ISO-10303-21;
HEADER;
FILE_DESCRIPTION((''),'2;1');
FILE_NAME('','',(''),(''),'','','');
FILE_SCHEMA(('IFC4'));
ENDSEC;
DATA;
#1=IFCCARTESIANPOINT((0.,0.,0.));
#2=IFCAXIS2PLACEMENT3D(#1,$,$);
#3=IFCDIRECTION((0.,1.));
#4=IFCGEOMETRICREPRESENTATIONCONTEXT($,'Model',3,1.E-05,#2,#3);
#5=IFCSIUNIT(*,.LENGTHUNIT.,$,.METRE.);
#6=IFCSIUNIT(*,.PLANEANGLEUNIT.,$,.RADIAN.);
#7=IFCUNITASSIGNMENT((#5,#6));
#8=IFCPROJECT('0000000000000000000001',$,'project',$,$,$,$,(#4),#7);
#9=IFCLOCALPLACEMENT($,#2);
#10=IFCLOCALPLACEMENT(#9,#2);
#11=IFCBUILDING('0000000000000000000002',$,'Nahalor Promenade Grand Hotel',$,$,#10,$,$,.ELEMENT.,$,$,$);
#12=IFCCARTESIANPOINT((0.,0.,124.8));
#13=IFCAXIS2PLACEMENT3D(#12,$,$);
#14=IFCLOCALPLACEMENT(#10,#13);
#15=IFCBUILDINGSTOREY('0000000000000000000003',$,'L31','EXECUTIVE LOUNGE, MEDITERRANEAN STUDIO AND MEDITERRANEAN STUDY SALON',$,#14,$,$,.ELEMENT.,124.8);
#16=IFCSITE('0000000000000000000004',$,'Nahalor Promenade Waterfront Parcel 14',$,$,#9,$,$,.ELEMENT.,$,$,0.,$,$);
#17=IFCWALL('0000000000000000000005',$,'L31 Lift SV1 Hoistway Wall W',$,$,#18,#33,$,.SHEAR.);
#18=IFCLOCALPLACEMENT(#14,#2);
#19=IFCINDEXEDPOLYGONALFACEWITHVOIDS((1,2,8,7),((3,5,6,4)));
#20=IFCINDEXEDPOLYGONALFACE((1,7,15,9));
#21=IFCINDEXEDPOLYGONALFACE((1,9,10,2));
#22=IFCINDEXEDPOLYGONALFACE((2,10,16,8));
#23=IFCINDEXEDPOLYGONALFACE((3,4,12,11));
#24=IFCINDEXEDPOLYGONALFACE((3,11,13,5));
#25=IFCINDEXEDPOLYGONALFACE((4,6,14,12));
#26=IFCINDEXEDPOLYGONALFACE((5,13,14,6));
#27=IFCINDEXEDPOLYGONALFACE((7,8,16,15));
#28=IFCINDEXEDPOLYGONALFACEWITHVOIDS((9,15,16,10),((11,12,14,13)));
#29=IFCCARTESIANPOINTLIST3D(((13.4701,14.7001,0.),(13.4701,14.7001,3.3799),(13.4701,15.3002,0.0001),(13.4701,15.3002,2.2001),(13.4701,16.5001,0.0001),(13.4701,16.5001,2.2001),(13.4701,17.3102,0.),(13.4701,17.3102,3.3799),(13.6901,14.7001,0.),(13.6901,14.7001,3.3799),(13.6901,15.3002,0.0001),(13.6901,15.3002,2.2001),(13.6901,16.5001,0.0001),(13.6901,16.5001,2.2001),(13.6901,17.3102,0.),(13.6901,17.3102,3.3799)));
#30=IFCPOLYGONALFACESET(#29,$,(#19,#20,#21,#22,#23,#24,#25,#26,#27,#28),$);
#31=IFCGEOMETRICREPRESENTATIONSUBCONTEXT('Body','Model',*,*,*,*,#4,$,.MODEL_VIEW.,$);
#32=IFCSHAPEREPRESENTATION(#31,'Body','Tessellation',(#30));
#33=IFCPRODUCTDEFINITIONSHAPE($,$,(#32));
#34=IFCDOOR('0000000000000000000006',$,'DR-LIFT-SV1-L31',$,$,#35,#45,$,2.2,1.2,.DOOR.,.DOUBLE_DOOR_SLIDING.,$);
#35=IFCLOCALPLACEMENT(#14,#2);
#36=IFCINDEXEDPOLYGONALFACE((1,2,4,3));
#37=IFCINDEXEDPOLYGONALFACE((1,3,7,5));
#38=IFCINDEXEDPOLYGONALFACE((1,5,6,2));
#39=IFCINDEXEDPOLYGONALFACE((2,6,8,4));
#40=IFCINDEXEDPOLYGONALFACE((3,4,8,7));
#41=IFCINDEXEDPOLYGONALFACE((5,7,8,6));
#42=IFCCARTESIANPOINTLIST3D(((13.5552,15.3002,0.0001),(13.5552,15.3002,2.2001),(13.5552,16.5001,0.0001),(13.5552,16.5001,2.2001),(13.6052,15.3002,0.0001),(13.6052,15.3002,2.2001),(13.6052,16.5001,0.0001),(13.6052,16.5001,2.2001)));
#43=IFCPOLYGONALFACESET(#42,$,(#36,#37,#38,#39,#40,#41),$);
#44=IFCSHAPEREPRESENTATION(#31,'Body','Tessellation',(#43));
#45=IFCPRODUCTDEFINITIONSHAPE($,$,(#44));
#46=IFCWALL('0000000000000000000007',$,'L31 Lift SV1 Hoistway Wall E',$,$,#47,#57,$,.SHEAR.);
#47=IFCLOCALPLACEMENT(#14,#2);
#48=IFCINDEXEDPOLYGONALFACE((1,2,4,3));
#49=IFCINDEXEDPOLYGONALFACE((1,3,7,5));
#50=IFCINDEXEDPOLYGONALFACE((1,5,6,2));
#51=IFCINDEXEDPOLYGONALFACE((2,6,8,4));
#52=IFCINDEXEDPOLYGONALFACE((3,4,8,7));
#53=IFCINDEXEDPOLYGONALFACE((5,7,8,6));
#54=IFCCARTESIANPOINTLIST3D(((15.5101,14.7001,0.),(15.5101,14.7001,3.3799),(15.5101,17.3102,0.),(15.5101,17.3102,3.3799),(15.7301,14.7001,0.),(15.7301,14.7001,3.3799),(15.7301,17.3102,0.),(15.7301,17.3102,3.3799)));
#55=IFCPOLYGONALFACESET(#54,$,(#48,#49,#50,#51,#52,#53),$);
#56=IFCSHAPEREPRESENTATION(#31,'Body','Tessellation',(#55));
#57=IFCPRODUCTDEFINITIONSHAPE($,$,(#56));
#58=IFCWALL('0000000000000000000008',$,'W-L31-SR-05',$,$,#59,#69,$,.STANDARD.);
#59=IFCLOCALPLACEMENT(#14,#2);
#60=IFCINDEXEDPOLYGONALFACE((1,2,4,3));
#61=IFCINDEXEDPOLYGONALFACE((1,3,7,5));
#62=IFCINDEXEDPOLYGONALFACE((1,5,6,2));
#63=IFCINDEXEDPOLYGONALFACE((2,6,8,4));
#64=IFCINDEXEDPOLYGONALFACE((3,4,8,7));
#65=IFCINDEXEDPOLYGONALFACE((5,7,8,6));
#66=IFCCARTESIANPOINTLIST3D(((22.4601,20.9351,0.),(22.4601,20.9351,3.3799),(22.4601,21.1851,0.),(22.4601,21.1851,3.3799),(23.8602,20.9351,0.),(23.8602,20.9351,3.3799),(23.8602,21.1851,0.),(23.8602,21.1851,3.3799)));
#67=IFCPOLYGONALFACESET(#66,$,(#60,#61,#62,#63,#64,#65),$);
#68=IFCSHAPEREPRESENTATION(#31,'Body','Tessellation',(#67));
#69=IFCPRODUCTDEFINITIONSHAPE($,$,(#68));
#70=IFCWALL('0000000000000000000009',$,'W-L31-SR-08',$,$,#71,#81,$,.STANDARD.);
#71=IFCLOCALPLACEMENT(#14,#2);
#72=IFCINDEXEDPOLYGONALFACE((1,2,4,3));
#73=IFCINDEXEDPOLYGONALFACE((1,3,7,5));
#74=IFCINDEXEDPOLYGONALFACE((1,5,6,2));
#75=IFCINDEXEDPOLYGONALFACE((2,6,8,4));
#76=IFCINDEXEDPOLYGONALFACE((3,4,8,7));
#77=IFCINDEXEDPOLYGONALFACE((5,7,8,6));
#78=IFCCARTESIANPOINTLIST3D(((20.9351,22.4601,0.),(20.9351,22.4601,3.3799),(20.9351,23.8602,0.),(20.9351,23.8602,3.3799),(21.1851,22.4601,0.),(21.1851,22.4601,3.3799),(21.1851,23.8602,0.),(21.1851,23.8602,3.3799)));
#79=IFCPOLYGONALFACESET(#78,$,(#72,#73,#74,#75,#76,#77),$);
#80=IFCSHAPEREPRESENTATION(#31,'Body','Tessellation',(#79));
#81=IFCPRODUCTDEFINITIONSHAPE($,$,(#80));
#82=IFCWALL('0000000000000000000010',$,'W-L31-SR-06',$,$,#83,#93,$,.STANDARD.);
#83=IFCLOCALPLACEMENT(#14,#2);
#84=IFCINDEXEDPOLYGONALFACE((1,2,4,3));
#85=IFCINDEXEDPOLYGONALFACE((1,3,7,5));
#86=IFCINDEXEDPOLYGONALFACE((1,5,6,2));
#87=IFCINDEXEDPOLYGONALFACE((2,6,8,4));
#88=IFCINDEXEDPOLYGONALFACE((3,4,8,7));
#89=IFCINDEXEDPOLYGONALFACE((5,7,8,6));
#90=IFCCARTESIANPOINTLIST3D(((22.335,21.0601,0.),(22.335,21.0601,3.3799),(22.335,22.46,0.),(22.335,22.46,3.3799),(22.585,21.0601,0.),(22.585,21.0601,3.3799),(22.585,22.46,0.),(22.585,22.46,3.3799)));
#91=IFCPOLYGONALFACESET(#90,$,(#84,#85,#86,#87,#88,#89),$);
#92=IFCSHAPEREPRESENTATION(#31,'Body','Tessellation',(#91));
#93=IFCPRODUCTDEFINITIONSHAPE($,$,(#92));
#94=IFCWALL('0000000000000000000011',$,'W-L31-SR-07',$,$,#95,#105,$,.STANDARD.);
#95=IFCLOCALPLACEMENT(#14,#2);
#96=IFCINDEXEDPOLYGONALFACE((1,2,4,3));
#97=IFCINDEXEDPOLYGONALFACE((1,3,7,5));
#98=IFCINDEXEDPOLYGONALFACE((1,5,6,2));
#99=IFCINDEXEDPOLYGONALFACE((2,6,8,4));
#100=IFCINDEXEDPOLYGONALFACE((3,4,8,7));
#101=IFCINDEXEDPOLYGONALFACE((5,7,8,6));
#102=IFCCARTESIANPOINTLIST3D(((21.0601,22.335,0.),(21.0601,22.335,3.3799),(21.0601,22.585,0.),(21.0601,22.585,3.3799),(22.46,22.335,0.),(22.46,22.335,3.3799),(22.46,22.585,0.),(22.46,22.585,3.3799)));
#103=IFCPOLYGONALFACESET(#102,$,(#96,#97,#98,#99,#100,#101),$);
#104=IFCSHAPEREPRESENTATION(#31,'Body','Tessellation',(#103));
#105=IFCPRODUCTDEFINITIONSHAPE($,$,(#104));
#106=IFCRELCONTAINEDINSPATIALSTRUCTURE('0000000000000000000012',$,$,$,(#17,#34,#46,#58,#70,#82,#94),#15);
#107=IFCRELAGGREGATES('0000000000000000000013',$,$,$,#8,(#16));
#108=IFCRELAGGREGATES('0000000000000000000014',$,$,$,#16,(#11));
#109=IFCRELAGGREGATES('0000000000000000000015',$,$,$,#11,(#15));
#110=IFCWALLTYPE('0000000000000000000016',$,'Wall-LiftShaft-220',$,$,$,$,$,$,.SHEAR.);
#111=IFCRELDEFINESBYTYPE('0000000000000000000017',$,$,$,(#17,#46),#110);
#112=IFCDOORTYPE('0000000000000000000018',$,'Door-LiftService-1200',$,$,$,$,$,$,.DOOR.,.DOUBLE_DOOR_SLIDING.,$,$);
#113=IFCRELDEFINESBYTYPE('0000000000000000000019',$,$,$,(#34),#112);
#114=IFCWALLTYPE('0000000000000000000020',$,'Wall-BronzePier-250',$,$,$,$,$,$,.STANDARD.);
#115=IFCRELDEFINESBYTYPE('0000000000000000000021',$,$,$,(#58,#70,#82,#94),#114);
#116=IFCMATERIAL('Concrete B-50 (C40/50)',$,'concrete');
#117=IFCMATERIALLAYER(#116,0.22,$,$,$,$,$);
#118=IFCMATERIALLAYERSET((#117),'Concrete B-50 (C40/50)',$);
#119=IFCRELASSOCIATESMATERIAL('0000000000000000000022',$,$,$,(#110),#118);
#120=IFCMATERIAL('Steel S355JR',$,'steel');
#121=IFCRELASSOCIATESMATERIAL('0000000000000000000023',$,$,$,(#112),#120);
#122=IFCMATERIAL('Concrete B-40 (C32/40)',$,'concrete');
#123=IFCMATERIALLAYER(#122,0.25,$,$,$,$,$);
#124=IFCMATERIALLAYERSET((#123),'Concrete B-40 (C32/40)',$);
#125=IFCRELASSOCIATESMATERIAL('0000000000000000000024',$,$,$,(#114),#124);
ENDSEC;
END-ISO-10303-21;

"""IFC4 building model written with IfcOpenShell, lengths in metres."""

from ifc_helpers import new_model, si_unit, direction, frame, frame_2d, origin, place, context, subcontext, project, spatial, rectangle, extrude, source, transform, mapped, material, layer, layer_set, type_object, element, fill, save


model = new_model("IFC4")

# Units and contexts
model_context = context("Model", 3, precision=1e-05, world=origin(), true_north=direction((0.0, 1.0)))
body_context = subcontext(model_context, "Body", "Model", "MODEL_VIEW")
ifc_project = project(units=[si_unit("LENGTHUNIT", "METRE"), si_unit("PLANEANGLEUNIT", "RADIAN")], contexts=[model_context])

# Site, building, storey
site_placement = place(None, origin())
site = spatial("IfcSite", under=ifc_project, at=site_placement, Name="Nahalor Promenade Waterfront Parcel 14", CompositionType="ELEMENT", RefElevation=0.0)
building_placement = place(site_placement, origin())
building = spatial("IfcBuilding", under=site, at=building_placement, Name="Nahalor Promenade Grand Hotel", CompositionType="ELEMENT")
storey_placement = place(building_placement, frame((0.0, 0.0, 124.8)))
storey = spatial("IfcBuildingStorey", under=building, at=storey_placement, Name="L31", Description="EXECUTIVE LOUNGE, MEDITERRANEAN STUDIO AND MEDITERRANEAN STUDY SALON", CompositionType="ELEMENT", Elevation=124.8)

# Shared definitions
ifc_material_1 = material(Name="Steel S355JR", Category="steel")

# Shared definitions
ifc_material_2 = material(Name="Concrete B-50 (C40/50)", Category="concrete")
ifc_layer_1 = layer(ifc_material_2, 0.22)
ifc_layer_set_1 = layer_set([ifc_layer_1], Name="Concrete B-50 (C40/50)")
wall_type_1 = type_object("IfcWallType", Name="Wall-LiftShaft-220", PredefinedType="SHEAR", material=ifc_layer_set_1)

# Wall, opening, door
shared_shape_1 = source(origin(), body_context, "Body", "SweptSolid", [
    extrude(rectangle(XDim=2.6101, YDim=0.22, at=frame_2d((1.3052, 0.0))), origin(), (0.0, 0.0, 1.0), 3.3799),
])
wall_1_placement = place(storey_placement, frame((13.5801, 14.7, 0.0), z_axis=(0.0, 0.0, 1.0), x_axis=(0.0, 1.0, 0.0)))
wall_1 = element("IfcWall", 1, at=wall_1_placement, inside=storey, type_object=wall_type_1, Name="L31 Lift SV1 Hoistway Wall W", PredefinedType="SHEAR", context=body_context, shape_type="MappedRepresentation", body=[
    mapped(shared_shape_1, transform((0.0, 0.0, 0.0), scale=1.0)),
])
opening_placement = place(wall_1_placement, frame((0.6001, 0.0, 0.0)))
opening = element("IfcOpeningElement", 2, at=opening_placement, cuts=wall_1, PredefinedType="OPENING", context=body_context, shape_type="SweptSolid", body=[
    extrude(rectangle(XDim=1.2, YDim=2.2, at=frame_2d((0.6001, 1.1001))), frame((0.0, 0.1199, 0.0), z_axis=(0.0, -1.0, 0.0), x_axis=(1.0, 0.0, 0.0)), (0.0, 0.0, 1.0), 0.24),
])
door_type = type_object("IfcDoorType", Name="Door-LiftService-1200", OperationType="DOUBLE_DOOR_SLIDING", PredefinedType="DOOR", material=ifc_material_1)
shared_shape_2 = source(origin(), body_context, "Body", "SweptSolid", [
    extrude(rectangle(XDim=1.2, YDim=2.2, at=frame_2d((0.6001, 1.1001))), frame((0.0, 0.0249, 0.0), z_axis=(0.0, -1.0, 0.0), x_axis=(1.0, 0.0, 0.0)), (0.0, 0.0, 1.0), 0.05),
])
door_placement = place(opening_placement, origin())
door = element("IfcDoor", 3, at=door_placement, inside=storey, type_object=door_type, Name="DR-LIFT-SV1-L31", OperationType="DOUBLE_DOOR_SLIDING", OverallHeight=2.2, OverallWidth=1.2, PredefinedType="DOOR", context=body_context, shape_type="MappedRepresentation", body=[
    mapped(shared_shape_2, transform((0.0, 0.0, 0.0), scale=1.0)),
])
fill(opening, door)

# Walls
wall_2_placement = place(storey_placement, frame((15.6201, 14.7, 0.0), z_axis=(0.0, 0.0, 1.0), x_axis=(0.0, 1.0, 0.0)))
element("IfcWall", 4, at=wall_2_placement, inside=storey, type_object=wall_type_1, Name="L31 Lift SV1 Hoistway Wall E", PredefinedType="SHEAR", context=body_context, shape_type="MappedRepresentation", body=[
    mapped(shared_shape_1, transform((0.0, 0.0, 0.0), scale=1.0)),
])
ifc_material_3 = material(Name="Concrete B-40 (C32/40)", Category="concrete")
ifc_layer_2 = layer(ifc_material_3, 0.25)
ifc_layer_set_2 = layer_set([ifc_layer_2], Name="Concrete B-40 (C32/40)")
wall_type_2 = type_object("IfcWallType", Name="Wall-BronzePier-250", PredefinedType="STANDARD", material=ifc_layer_set_2)
shared_shape_3 = source(origin(), body_context, "Body", "SweptSolid", [
    extrude(rectangle(XDim=1.4001, YDim=0.25, at=frame_2d((0.7002, 0.0))), origin(), (0.0, 0.0, 1.0), 3.3799),
])
for number, where, z_axis, x_axis, name in (
    (5, (22.46, 21.0601, 0.0), (0.0, 0.0, 1.0), (1.0, 0.0, 0.0), "W-L31-SR-05"),
    (6, (21.0601, 22.46, 0.0), (0.0, 0.0, 1.0), (0.0, 1.0, 0.0), "W-L31-SR-08"),
):
    element("IfcWall", number, at=place(storey_placement, frame(where, z_axis=z_axis, x_axis=x_axis)), inside=storey, type_object=wall_type_2, Name=name, PredefinedType="STANDARD", context=body_context, shape_type="MappedRepresentation", body=[
        mapped(shared_shape_3, transform((0.0, 0.0, 0.0), scale=1.0)),
    ])
shared_shape_4 = source(origin(), body_context, "Body", "SweptSolid", [
    extrude(rectangle(XDim=1.3999, YDim=0.25, at=frame_2d((0.7, 0.0))), origin(), (0.0, 0.0, 1.0), 3.3799),
])
for number, where, z_axis, x_axis, name in (
    (7, (22.46, 21.0601, 0.0), (0.0, 0.0, 1.0), (0.0, 1.0, 0.0), "W-L31-SR-06"),
    (8, (21.0601, 22.46, 0.0), (0.0, 0.0, 1.0), (1.0, 0.0, 0.0), "W-L31-SR-07"),
):
    element("IfcWall", number, at=place(storey_placement, frame(where, z_axis=z_axis, x_axis=x_axis)), inside=storey, type_object=wall_type_2, Name=name, PredefinedType="STANDARD", context=body_context, shape_type="MappedRepresentation", body=[
        mapped(shared_shape_4, transform((0.0, 0.0, 0.0), scale=1.0)),
    ])

save(model, "model.ifc")
